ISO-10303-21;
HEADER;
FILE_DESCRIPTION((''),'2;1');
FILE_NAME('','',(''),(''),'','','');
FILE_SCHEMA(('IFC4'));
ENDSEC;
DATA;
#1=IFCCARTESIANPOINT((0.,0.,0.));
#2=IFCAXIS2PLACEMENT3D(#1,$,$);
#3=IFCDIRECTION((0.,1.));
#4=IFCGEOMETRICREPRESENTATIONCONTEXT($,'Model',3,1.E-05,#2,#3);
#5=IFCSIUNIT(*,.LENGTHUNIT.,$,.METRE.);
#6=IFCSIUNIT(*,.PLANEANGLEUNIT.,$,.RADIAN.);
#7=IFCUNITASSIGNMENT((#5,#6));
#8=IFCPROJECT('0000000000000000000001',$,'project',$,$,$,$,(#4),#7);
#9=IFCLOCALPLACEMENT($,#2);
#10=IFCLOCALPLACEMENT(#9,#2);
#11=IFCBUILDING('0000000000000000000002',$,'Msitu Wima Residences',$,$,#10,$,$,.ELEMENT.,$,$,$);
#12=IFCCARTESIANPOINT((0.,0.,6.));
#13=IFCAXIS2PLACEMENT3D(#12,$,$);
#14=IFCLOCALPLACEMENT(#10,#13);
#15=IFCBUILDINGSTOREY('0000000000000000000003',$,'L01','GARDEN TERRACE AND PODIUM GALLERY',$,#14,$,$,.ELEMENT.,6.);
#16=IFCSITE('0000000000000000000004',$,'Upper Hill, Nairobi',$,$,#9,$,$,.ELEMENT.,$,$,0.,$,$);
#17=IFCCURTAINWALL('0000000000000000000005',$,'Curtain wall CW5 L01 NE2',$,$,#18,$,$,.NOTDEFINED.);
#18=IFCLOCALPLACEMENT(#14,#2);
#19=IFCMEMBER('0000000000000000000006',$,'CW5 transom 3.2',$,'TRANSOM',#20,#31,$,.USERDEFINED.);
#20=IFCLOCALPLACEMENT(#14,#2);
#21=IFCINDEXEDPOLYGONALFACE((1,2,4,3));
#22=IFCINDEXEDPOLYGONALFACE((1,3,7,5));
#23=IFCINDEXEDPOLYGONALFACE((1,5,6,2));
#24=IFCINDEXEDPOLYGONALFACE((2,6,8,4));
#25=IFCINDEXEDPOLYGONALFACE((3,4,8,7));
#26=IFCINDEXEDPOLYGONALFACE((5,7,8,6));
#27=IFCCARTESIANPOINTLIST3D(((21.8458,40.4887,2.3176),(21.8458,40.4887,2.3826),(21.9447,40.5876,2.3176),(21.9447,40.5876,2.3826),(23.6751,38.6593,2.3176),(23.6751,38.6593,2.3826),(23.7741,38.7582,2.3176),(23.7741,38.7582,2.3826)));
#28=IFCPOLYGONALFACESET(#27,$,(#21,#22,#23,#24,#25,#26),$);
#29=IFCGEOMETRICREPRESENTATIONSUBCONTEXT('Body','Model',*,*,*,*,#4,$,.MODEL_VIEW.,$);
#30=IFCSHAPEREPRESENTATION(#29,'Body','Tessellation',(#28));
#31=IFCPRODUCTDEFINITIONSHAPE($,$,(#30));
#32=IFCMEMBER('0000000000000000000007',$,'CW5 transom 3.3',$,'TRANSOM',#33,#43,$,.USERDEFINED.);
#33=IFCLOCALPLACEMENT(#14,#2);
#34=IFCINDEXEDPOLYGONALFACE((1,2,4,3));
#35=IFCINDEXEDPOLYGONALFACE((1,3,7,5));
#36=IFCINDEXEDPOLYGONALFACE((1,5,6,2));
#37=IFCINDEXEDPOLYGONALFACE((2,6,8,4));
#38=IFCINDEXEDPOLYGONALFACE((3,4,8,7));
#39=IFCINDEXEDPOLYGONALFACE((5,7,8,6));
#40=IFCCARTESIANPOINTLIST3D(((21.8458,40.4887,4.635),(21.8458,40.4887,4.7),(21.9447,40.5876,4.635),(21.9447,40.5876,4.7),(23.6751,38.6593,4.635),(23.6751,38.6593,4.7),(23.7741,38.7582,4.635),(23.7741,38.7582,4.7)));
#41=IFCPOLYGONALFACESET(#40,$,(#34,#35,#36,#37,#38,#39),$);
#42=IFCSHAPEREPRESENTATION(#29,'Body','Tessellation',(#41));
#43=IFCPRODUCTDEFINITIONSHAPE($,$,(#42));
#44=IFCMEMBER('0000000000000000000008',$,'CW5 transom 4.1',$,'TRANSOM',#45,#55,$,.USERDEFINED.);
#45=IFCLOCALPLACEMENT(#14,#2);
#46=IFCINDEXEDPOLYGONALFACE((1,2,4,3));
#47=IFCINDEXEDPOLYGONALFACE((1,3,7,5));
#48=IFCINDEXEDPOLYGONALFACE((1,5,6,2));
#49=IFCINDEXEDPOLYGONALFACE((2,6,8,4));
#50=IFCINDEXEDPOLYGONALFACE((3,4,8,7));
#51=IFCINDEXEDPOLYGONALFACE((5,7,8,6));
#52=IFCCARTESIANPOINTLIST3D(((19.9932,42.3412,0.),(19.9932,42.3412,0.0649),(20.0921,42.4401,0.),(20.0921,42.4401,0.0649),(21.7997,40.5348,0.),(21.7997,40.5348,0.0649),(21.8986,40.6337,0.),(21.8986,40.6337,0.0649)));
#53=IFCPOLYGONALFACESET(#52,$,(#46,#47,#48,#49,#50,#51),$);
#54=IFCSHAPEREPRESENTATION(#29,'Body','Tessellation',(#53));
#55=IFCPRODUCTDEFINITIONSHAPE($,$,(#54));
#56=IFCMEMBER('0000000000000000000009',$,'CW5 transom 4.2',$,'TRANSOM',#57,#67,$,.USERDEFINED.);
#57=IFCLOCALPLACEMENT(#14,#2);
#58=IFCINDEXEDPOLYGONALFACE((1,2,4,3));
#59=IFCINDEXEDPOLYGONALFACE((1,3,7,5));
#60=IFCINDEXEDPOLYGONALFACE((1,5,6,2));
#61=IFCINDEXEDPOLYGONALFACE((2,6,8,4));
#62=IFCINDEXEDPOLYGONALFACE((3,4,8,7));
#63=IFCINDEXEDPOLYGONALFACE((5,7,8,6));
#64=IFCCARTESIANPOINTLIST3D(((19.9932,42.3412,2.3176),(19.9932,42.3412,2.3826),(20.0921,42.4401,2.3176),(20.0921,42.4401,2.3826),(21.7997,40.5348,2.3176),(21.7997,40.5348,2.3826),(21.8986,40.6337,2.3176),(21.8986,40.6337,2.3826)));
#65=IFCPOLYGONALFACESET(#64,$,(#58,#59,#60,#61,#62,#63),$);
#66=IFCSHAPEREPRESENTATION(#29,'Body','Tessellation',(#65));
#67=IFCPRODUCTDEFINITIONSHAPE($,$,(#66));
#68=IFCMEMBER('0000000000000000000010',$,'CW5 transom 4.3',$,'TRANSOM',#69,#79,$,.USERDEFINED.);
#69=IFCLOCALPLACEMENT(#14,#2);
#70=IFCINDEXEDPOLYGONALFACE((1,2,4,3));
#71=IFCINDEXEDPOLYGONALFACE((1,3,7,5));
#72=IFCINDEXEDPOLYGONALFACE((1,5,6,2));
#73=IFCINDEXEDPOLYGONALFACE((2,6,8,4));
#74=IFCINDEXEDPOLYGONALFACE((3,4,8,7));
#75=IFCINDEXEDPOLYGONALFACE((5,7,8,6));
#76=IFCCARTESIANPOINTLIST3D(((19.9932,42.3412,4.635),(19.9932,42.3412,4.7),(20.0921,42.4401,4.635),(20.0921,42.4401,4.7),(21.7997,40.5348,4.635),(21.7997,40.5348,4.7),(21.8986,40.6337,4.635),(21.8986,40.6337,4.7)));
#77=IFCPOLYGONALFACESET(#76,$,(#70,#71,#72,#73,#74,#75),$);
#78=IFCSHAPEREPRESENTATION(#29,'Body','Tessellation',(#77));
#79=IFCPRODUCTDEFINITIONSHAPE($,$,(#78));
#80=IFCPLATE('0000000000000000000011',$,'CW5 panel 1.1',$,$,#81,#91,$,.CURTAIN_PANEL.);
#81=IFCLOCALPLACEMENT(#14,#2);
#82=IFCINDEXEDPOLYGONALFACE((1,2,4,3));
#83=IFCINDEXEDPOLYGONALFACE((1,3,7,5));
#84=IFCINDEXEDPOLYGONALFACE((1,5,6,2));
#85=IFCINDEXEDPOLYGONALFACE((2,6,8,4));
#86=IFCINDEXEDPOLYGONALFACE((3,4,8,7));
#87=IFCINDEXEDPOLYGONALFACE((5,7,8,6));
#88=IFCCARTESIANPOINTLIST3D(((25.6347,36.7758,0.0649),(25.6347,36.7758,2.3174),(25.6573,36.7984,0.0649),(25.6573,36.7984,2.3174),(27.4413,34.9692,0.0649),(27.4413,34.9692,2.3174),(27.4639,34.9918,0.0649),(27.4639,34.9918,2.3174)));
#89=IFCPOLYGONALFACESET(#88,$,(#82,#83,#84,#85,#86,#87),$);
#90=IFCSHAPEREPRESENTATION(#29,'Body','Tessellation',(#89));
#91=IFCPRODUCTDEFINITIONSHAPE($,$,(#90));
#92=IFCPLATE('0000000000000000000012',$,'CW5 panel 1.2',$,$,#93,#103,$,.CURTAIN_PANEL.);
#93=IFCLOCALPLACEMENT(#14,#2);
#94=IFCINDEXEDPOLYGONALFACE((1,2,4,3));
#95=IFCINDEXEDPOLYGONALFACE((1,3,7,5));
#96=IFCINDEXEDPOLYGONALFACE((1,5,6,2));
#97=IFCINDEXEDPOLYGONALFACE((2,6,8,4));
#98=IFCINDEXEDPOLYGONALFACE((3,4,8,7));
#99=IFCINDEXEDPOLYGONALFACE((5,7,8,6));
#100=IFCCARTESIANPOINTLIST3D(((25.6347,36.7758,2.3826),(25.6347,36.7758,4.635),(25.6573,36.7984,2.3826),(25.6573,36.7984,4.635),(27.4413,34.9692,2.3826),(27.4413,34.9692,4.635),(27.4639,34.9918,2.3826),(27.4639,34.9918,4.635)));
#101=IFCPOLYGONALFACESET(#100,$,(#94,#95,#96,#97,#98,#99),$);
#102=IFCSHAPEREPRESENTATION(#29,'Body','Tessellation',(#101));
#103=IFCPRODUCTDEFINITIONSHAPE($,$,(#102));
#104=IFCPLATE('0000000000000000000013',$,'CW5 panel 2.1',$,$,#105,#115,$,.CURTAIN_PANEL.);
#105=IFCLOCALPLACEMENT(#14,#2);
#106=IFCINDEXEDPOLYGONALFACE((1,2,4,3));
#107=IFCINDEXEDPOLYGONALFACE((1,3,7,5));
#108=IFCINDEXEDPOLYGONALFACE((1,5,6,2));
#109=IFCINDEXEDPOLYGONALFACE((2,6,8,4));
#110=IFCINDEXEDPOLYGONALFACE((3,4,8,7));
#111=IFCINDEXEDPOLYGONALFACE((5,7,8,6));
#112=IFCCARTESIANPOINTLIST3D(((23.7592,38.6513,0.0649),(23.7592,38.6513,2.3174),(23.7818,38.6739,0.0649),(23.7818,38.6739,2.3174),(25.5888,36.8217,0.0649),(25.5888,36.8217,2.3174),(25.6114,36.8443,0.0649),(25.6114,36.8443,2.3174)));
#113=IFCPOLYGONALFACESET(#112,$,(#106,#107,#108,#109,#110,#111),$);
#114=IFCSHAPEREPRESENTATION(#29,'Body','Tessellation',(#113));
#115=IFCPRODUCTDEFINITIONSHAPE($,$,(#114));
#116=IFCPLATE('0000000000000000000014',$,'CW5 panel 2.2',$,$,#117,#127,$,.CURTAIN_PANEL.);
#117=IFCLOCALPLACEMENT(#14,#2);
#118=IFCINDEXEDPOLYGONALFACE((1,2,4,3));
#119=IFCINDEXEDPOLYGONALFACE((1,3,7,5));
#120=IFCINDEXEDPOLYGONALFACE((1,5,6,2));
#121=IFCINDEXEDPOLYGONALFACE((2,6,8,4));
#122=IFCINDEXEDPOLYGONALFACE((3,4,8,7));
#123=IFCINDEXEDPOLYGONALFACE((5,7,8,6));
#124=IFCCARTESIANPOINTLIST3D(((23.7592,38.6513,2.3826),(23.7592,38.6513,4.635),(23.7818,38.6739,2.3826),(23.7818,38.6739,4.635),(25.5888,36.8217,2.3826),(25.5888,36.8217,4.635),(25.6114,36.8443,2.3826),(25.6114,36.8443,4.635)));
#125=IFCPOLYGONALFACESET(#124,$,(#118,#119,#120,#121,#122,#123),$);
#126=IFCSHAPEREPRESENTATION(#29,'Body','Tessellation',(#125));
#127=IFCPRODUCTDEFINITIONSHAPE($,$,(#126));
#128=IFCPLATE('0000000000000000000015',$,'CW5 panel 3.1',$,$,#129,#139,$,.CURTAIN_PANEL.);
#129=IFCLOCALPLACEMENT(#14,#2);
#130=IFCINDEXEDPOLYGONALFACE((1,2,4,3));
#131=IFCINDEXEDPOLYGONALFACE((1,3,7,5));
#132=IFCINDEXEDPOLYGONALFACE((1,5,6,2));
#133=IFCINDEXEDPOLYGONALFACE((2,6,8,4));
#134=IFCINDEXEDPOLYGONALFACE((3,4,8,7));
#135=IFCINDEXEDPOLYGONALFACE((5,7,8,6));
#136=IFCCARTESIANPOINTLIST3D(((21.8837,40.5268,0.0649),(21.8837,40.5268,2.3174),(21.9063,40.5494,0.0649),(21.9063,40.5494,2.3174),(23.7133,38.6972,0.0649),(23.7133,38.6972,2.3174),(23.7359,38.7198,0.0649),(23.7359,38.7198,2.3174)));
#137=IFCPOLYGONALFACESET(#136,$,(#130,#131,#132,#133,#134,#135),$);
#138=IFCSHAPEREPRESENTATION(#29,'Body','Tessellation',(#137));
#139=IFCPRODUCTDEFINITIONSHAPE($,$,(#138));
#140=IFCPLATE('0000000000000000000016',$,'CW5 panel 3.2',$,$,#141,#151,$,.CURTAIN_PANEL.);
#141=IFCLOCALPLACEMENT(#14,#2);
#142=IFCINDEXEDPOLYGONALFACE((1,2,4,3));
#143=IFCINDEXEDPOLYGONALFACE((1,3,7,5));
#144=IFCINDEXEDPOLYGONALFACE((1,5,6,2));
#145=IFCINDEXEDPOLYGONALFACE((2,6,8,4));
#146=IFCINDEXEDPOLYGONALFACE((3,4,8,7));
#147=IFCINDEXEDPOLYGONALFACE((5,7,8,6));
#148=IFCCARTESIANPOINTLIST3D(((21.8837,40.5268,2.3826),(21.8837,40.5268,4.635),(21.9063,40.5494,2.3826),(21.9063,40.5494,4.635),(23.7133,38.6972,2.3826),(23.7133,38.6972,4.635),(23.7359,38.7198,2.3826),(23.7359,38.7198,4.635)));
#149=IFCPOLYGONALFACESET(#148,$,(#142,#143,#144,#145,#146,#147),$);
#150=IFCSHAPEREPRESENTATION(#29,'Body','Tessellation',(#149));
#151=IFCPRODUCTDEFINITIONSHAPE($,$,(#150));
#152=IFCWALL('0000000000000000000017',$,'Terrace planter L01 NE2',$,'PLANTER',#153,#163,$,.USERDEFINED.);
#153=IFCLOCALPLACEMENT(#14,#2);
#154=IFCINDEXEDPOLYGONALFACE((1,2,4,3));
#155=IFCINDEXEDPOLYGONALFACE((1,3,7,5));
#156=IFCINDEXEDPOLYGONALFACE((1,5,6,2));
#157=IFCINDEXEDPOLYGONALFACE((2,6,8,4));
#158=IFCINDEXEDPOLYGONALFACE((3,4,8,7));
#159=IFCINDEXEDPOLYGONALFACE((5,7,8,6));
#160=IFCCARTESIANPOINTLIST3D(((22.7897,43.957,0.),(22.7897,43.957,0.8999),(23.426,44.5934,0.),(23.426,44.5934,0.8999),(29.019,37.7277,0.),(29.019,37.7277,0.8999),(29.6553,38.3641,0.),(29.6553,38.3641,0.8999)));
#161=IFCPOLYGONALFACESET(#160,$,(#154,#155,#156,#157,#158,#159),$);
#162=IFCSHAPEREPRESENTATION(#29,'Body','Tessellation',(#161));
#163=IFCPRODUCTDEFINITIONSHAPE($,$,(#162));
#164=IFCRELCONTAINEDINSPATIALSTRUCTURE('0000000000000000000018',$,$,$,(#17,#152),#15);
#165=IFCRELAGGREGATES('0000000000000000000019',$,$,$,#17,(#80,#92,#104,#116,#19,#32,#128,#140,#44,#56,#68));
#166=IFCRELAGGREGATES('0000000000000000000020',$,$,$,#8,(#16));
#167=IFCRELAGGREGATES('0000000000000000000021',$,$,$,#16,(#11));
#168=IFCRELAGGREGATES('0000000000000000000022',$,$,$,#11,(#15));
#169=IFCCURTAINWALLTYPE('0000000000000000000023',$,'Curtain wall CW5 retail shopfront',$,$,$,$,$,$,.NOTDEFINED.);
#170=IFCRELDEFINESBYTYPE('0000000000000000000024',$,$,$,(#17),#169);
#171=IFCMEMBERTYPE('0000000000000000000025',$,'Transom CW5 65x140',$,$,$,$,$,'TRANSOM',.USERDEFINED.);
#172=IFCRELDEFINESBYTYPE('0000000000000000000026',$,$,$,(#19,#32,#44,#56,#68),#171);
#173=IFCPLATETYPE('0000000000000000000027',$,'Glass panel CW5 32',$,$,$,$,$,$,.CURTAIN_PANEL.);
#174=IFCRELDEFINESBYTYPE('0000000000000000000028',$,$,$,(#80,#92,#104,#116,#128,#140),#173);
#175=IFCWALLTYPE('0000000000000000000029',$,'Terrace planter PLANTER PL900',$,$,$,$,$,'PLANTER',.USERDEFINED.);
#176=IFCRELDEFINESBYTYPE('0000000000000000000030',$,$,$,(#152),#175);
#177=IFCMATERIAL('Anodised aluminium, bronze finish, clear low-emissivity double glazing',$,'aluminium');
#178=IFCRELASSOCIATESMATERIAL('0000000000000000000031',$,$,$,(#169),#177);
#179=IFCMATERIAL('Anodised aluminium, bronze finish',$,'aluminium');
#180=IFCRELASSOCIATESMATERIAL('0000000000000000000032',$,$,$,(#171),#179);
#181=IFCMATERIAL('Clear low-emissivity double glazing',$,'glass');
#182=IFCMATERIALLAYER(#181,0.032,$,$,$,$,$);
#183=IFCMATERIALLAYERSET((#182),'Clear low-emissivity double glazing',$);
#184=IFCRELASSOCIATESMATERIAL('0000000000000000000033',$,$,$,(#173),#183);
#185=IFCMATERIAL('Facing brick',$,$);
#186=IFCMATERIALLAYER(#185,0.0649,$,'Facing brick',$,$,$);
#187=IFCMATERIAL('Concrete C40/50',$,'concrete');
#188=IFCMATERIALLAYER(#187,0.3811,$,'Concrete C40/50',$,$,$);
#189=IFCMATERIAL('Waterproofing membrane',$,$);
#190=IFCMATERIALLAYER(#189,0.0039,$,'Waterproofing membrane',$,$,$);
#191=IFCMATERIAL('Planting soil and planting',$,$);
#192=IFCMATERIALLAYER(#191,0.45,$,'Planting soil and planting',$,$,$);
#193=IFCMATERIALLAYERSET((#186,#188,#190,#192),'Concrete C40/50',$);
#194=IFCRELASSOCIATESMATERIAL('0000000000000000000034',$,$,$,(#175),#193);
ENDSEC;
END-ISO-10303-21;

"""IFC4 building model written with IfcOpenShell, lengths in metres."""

from ifc_helpers import new_model, si_unit, direction, frame, frame_2d, origin, origin_2d, place, context, subcontext, project, spatial, rectangle, extrude, material, layer, layer_set, material_profile, profile_set, type_object, element, aggregate, save


model = new_model("IFC4")

# Units and contexts
model_context = context("Model", 3, precision=1e-05, world=origin(), true_north=direction((0.0, 1.0)))
body_context = subcontext(model_context, "Body", "Model", "MODEL_VIEW")
ifc_project = project(units=[si_unit("LENGTHUNIT", "METRE"), si_unit("PLANEANGLEUNIT", "RADIAN")], contexts=[model_context])

# Site, building, storey
site_placement = place(None, origin())
site = spatial("IfcSite", under=ifc_project, at=site_placement, Name="Upper Hill, Nairobi", CompositionType="ELEMENT", RefElevation=0.0)
building_placement = place(site_placement, origin())
building = spatial("IfcBuilding", under=site, at=building_placement, Name="Msitu Wima Residences", CompositionType="ELEMENT")
storey_placement = place(building_placement, frame((0.0, 0.0, 6.0)))
storey = spatial("IfcBuildingStorey", under=building, at=storey_placement, Name="L01", Description="GARDEN TERRACE AND PODIUM GALLERY", CompositionType="ELEMENT", Elevation=6.0)

# Curtain wall
ifc_material_1 = material(Name="Anodised aluminium, bronze finish, clear low-emissivity double glazing", Category="aluminium")
curtain_wall_type = type_object("IfcCurtainWallType", Name="Curtain wall CW5 retail shopfront", PredefinedType="NOTDEFINED", material=ifc_material_1)
curtain_wall_placement = place(storey_placement, origin())
curtain_wall = element("IfcCurtainWall", 1, at=curtain_wall_placement, inside=storey, type_object=curtain_wall_type, Name="Curtain wall CW5 L01 NE2", PredefinedType="NOTDEFINED")
ifc_material_2 = material(Name="Anodised aluminium, bronze finish", Category="aluminium")

# Members
ifc_material_profile_1 = material_profile(ifc_material_2, rectangle(XDim=0.1399, YDim=0.0649, at=origin_2d()), Name="Transom 65x140")
ifc_profile_set_1 = profile_set([ifc_material_profile_1], Name="Anodised aluminium, bronze finish")
member_type_1 = type_object("IfcMemberType", Name="Transom CW5 65x140", ElementType="TRANSOM", PredefinedType="USERDEFINED", material=ifc_profile_set_1)
member_1_placement = place(storey_placement, frame((23.7246, 38.7087, 2.3501), z_axis=(-0.707107, 0.707107, 0.0), x_axis=(-0.707107, -0.707107, 0.0)))
member_1 = element("IfcMember", 2, at=member_1_placement, type_object=member_type_1, Name="CW5 transom 3.2", ObjectType="TRANSOM", PredefinedType="USERDEFINED", context=body_context, shape_type="SweptSolid", body=[
    extrude(rectangle(XDim=0.1399, YDim=0.0649, at=origin_2d()), origin(), (0.0, 0.0, 1.0), 2.5872),
])
member_2_placement = place(storey_placement, frame((23.7246, 38.7087, 4.6675), z_axis=(-0.707107, 0.707107, 0.0), x_axis=(-0.707107, -0.707107, 0.0)))
member_2 = element("IfcMember", 3, at=member_2_placement, type_object=member_type_1, Name="CW5 transom 3.3", ObjectType="TRANSOM", PredefinedType="USERDEFINED", context=body_context, shape_type="SweptSolid", body=[
    extrude(rectangle(XDim=0.1399, YDim=0.0649, at=origin_2d()), origin(), (0.0, 0.0, 1.0), 2.5872),
])
member_3_placement = place(storey_placement, frame((21.8491, 40.5842, 0.0325), z_axis=(-0.707107, 0.707107, 0.0), x_axis=(-0.707107, -0.707107, 0.0)))
member_3 = element("IfcMember", 4, at=member_3_placement, type_object=member_type_1, Name="CW5 transom 4.1", ObjectType="TRANSOM", PredefinedType="USERDEFINED", context=body_context, shape_type="SweptSolid", body=[
    extrude(rectangle(XDim=0.1399, YDim=0.0649, at=origin_2d()), origin(), (0.0, 0.0, 1.0), 2.5547),
])
member_4_placement = place(storey_placement, frame((21.8491, 40.5842, 2.3501), z_axis=(-0.707107, 0.707107, 0.0), x_axis=(-0.707107, -0.707107, 0.0)))
member_4 = element("IfcMember", 5, at=member_4_placement, type_object=member_type_1, Name="CW5 transom 4.2", ObjectType="TRANSOM", PredefinedType="USERDEFINED", context=body_context, shape_type="SweptSolid", body=[
    extrude(rectangle(XDim=0.1399, YDim=0.0649, at=origin_2d()), origin(), (0.0, 0.0, 1.0), 2.5547),
])
member_5_placement = place(storey_placement, frame((21.8491, 40.5842, 4.6675), z_axis=(-0.707107, 0.707107, 0.0), x_axis=(-0.707107, -0.707107, 0.0)))
member_5 = element("IfcMember", 6, at=member_5_placement, type_object=member_type_1, Name="CW5 transom 4.3", ObjectType="TRANSOM", PredefinedType="USERDEFINED", context=body_context, shape_type="SweptSolid", body=[
    extrude(rectangle(XDim=0.1399, YDim=0.0649, at=origin_2d()), origin(), (0.0, 0.0, 1.0), 2.5547),
])

# Plates
ifc_material_3 = material(Name="Clear low-emissivity double glazing", Category="glass")
ifc_layer_1 = layer(ifc_material_3, 0.032)
ifc_layer_set_1 = layer_set([ifc_layer_1], Name="Clear low-emissivity double glazing")
plate_type = type_object("IfcPlateType", Name="Glass panel CW5 32", PredefinedType="CURTAIN_PANEL", material=ifc_layer_set_1)
plate_1_placement = place(storey_placement, frame((26.5493, 35.8838, 0.0649), z_axis=(0.0, 0.0, 1.0), x_axis=(-0.707107, 0.707107, 0.0)))
plate_1 = element("IfcPlate", 7, at=plate_1_placement, type_object=plate_type, Name="CW5 panel 1.1", PredefinedType="CURTAIN_PANEL", context=body_context, shape_type="SweptSolid", body=[
    extrude(rectangle(XDim=2.5549, YDim=0.032, at=origin_2d()), origin(), (0.0, 0.0, 1.0), 2.2524),
])
plate_2_placement = place(storey_placement, frame((26.5493, 35.8838, 2.3826), z_axis=(0.0, 0.0, 1.0), x_axis=(-0.707107, 0.707107, 0.0)))
plate_2 = element("IfcPlate", 8, at=plate_2_placement, type_object=plate_type, Name="CW5 panel 1.2", PredefinedType="CURTAIN_PANEL", context=body_context, shape_type="SweptSolid", body=[
    extrude(rectangle(XDim=2.5549, YDim=0.032, at=origin_2d()), origin(), (0.0, 0.0, 1.0), 2.2524),
])
plate_3_placement = place(storey_placement, frame((24.6853, 37.7478, 0.0649), z_axis=(0.0, 0.0, 1.0), x_axis=(-0.707107, 0.707107, 0.0)))
plate_3 = element("IfcPlate", 9, at=plate_3_placement, type_object=plate_type, Name="CW5 panel 2.1", PredefinedType="CURTAIN_PANEL", context=body_context, shape_type="SweptSolid", body=[
    extrude(rectangle(XDim=2.5874, YDim=0.032, at=origin_2d()), origin(), (0.0, 0.0, 1.0), 2.2524),
])
plate_4_placement = place(storey_placement, frame((24.6853, 37.7478, 2.3826), z_axis=(0.0, 0.0, 1.0), x_axis=(-0.707107, 0.707107, 0.0)))
plate_4 = element("IfcPlate", 10, at=plate_4_placement, type_object=plate_type, Name="CW5 panel 2.2", PredefinedType="CURTAIN_PANEL", context=body_context, shape_type="SweptSolid", body=[
    extrude(rectangle(XDim=2.5874, YDim=0.032, at=origin_2d()), origin(), (0.0, 0.0, 1.0), 2.2524),
])
plate_5_placement = place(storey_placement, frame((22.8098, 39.6233, 0.0649), z_axis=(0.0, 0.0, 1.0), x_axis=(-0.707107, 0.707107, 0.0)))
plate_5 = element("IfcPlate", 11, at=plate_5_placement, type_object=plate_type, Name="CW5 panel 3.1", PredefinedType="CURTAIN_PANEL", context=body_context, shape_type="SweptSolid", body=[
    extrude(rectangle(XDim=2.5874, YDim=0.032, at=origin_2d()), origin(), (0.0, 0.0, 1.0), 2.2524),
])
plate_6_placement = place(storey_placement, frame((22.8098, 39.6233, 2.3826), z_axis=(0.0, 0.0, 1.0), x_axis=(-0.707107, 0.707107, 0.0)))
plate_6 = element("IfcPlate", 12, at=plate_6_placement, type_object=plate_type, Name="CW5 panel 3.2", PredefinedType="CURTAIN_PANEL", context=body_context, shape_type="SweptSolid", body=[
    extrude(rectangle(XDim=2.5874, YDim=0.032, at=origin_2d()), origin(), (0.0, 0.0, 1.0), 2.2524),
])
aggregate(curtain_wall, [plate_1, plate_2, plate_3, plate_4, member_1, member_2, plate_5, plate_6, member_3, member_4, member_5])

# Wall
ifc_material_4 = material(Name="Facing brick")
ifc_layer_2 = layer(ifc_material_4, 0.0649, Name="Facing brick")
ifc_material_5 = material(Name="Concrete C40/50", Category="concrete")
ifc_layer_3 = layer(ifc_material_5, 0.3811, Name="Concrete C40/50")
ifc_material_6 = material(Name="Waterproofing membrane")
ifc_layer_4 = layer(ifc_material_6, 0.0039, Name="Waterproofing membrane")
ifc_material_7 = material(Name="Planting soil and planting")
ifc_layer_5 = layer(ifc_material_7, 0.45, Name="Planting soil and planting")
ifc_layer_set_2 = layer_set([ifc_layer_2, ifc_layer_3, ifc_layer_4, ifc_layer_5], Name="Concrete C40/50")
wall_type = type_object("IfcWallType", Name="Terrace planter PLANTER PL900", ElementType="PLANTER", PredefinedType="USERDEFINED", material=ifc_layer_set_2)
wall_placement = place(storey_placement, frame((29.3372, 38.0459, 0.0), z_axis=(0.0, 0.0, 1.0), x_axis=(-0.707107, 0.707107, 0.0)))
element("IfcWall", 13, at=wall_placement, inside=storey, type_object=wall_type, Name="Terrace planter L01 NE2", ObjectType="PLANTER", PredefinedType="USERDEFINED", context=body_context, shape_type="SweptSolid", body=[
    extrude(rectangle(XDim=8.8096, YDim=0.8999, at=frame_2d((4.4048, 0.0))), origin(), (0.0, 0.0, 1.0), 0.8999),
])

save(model, "model.ifc")
